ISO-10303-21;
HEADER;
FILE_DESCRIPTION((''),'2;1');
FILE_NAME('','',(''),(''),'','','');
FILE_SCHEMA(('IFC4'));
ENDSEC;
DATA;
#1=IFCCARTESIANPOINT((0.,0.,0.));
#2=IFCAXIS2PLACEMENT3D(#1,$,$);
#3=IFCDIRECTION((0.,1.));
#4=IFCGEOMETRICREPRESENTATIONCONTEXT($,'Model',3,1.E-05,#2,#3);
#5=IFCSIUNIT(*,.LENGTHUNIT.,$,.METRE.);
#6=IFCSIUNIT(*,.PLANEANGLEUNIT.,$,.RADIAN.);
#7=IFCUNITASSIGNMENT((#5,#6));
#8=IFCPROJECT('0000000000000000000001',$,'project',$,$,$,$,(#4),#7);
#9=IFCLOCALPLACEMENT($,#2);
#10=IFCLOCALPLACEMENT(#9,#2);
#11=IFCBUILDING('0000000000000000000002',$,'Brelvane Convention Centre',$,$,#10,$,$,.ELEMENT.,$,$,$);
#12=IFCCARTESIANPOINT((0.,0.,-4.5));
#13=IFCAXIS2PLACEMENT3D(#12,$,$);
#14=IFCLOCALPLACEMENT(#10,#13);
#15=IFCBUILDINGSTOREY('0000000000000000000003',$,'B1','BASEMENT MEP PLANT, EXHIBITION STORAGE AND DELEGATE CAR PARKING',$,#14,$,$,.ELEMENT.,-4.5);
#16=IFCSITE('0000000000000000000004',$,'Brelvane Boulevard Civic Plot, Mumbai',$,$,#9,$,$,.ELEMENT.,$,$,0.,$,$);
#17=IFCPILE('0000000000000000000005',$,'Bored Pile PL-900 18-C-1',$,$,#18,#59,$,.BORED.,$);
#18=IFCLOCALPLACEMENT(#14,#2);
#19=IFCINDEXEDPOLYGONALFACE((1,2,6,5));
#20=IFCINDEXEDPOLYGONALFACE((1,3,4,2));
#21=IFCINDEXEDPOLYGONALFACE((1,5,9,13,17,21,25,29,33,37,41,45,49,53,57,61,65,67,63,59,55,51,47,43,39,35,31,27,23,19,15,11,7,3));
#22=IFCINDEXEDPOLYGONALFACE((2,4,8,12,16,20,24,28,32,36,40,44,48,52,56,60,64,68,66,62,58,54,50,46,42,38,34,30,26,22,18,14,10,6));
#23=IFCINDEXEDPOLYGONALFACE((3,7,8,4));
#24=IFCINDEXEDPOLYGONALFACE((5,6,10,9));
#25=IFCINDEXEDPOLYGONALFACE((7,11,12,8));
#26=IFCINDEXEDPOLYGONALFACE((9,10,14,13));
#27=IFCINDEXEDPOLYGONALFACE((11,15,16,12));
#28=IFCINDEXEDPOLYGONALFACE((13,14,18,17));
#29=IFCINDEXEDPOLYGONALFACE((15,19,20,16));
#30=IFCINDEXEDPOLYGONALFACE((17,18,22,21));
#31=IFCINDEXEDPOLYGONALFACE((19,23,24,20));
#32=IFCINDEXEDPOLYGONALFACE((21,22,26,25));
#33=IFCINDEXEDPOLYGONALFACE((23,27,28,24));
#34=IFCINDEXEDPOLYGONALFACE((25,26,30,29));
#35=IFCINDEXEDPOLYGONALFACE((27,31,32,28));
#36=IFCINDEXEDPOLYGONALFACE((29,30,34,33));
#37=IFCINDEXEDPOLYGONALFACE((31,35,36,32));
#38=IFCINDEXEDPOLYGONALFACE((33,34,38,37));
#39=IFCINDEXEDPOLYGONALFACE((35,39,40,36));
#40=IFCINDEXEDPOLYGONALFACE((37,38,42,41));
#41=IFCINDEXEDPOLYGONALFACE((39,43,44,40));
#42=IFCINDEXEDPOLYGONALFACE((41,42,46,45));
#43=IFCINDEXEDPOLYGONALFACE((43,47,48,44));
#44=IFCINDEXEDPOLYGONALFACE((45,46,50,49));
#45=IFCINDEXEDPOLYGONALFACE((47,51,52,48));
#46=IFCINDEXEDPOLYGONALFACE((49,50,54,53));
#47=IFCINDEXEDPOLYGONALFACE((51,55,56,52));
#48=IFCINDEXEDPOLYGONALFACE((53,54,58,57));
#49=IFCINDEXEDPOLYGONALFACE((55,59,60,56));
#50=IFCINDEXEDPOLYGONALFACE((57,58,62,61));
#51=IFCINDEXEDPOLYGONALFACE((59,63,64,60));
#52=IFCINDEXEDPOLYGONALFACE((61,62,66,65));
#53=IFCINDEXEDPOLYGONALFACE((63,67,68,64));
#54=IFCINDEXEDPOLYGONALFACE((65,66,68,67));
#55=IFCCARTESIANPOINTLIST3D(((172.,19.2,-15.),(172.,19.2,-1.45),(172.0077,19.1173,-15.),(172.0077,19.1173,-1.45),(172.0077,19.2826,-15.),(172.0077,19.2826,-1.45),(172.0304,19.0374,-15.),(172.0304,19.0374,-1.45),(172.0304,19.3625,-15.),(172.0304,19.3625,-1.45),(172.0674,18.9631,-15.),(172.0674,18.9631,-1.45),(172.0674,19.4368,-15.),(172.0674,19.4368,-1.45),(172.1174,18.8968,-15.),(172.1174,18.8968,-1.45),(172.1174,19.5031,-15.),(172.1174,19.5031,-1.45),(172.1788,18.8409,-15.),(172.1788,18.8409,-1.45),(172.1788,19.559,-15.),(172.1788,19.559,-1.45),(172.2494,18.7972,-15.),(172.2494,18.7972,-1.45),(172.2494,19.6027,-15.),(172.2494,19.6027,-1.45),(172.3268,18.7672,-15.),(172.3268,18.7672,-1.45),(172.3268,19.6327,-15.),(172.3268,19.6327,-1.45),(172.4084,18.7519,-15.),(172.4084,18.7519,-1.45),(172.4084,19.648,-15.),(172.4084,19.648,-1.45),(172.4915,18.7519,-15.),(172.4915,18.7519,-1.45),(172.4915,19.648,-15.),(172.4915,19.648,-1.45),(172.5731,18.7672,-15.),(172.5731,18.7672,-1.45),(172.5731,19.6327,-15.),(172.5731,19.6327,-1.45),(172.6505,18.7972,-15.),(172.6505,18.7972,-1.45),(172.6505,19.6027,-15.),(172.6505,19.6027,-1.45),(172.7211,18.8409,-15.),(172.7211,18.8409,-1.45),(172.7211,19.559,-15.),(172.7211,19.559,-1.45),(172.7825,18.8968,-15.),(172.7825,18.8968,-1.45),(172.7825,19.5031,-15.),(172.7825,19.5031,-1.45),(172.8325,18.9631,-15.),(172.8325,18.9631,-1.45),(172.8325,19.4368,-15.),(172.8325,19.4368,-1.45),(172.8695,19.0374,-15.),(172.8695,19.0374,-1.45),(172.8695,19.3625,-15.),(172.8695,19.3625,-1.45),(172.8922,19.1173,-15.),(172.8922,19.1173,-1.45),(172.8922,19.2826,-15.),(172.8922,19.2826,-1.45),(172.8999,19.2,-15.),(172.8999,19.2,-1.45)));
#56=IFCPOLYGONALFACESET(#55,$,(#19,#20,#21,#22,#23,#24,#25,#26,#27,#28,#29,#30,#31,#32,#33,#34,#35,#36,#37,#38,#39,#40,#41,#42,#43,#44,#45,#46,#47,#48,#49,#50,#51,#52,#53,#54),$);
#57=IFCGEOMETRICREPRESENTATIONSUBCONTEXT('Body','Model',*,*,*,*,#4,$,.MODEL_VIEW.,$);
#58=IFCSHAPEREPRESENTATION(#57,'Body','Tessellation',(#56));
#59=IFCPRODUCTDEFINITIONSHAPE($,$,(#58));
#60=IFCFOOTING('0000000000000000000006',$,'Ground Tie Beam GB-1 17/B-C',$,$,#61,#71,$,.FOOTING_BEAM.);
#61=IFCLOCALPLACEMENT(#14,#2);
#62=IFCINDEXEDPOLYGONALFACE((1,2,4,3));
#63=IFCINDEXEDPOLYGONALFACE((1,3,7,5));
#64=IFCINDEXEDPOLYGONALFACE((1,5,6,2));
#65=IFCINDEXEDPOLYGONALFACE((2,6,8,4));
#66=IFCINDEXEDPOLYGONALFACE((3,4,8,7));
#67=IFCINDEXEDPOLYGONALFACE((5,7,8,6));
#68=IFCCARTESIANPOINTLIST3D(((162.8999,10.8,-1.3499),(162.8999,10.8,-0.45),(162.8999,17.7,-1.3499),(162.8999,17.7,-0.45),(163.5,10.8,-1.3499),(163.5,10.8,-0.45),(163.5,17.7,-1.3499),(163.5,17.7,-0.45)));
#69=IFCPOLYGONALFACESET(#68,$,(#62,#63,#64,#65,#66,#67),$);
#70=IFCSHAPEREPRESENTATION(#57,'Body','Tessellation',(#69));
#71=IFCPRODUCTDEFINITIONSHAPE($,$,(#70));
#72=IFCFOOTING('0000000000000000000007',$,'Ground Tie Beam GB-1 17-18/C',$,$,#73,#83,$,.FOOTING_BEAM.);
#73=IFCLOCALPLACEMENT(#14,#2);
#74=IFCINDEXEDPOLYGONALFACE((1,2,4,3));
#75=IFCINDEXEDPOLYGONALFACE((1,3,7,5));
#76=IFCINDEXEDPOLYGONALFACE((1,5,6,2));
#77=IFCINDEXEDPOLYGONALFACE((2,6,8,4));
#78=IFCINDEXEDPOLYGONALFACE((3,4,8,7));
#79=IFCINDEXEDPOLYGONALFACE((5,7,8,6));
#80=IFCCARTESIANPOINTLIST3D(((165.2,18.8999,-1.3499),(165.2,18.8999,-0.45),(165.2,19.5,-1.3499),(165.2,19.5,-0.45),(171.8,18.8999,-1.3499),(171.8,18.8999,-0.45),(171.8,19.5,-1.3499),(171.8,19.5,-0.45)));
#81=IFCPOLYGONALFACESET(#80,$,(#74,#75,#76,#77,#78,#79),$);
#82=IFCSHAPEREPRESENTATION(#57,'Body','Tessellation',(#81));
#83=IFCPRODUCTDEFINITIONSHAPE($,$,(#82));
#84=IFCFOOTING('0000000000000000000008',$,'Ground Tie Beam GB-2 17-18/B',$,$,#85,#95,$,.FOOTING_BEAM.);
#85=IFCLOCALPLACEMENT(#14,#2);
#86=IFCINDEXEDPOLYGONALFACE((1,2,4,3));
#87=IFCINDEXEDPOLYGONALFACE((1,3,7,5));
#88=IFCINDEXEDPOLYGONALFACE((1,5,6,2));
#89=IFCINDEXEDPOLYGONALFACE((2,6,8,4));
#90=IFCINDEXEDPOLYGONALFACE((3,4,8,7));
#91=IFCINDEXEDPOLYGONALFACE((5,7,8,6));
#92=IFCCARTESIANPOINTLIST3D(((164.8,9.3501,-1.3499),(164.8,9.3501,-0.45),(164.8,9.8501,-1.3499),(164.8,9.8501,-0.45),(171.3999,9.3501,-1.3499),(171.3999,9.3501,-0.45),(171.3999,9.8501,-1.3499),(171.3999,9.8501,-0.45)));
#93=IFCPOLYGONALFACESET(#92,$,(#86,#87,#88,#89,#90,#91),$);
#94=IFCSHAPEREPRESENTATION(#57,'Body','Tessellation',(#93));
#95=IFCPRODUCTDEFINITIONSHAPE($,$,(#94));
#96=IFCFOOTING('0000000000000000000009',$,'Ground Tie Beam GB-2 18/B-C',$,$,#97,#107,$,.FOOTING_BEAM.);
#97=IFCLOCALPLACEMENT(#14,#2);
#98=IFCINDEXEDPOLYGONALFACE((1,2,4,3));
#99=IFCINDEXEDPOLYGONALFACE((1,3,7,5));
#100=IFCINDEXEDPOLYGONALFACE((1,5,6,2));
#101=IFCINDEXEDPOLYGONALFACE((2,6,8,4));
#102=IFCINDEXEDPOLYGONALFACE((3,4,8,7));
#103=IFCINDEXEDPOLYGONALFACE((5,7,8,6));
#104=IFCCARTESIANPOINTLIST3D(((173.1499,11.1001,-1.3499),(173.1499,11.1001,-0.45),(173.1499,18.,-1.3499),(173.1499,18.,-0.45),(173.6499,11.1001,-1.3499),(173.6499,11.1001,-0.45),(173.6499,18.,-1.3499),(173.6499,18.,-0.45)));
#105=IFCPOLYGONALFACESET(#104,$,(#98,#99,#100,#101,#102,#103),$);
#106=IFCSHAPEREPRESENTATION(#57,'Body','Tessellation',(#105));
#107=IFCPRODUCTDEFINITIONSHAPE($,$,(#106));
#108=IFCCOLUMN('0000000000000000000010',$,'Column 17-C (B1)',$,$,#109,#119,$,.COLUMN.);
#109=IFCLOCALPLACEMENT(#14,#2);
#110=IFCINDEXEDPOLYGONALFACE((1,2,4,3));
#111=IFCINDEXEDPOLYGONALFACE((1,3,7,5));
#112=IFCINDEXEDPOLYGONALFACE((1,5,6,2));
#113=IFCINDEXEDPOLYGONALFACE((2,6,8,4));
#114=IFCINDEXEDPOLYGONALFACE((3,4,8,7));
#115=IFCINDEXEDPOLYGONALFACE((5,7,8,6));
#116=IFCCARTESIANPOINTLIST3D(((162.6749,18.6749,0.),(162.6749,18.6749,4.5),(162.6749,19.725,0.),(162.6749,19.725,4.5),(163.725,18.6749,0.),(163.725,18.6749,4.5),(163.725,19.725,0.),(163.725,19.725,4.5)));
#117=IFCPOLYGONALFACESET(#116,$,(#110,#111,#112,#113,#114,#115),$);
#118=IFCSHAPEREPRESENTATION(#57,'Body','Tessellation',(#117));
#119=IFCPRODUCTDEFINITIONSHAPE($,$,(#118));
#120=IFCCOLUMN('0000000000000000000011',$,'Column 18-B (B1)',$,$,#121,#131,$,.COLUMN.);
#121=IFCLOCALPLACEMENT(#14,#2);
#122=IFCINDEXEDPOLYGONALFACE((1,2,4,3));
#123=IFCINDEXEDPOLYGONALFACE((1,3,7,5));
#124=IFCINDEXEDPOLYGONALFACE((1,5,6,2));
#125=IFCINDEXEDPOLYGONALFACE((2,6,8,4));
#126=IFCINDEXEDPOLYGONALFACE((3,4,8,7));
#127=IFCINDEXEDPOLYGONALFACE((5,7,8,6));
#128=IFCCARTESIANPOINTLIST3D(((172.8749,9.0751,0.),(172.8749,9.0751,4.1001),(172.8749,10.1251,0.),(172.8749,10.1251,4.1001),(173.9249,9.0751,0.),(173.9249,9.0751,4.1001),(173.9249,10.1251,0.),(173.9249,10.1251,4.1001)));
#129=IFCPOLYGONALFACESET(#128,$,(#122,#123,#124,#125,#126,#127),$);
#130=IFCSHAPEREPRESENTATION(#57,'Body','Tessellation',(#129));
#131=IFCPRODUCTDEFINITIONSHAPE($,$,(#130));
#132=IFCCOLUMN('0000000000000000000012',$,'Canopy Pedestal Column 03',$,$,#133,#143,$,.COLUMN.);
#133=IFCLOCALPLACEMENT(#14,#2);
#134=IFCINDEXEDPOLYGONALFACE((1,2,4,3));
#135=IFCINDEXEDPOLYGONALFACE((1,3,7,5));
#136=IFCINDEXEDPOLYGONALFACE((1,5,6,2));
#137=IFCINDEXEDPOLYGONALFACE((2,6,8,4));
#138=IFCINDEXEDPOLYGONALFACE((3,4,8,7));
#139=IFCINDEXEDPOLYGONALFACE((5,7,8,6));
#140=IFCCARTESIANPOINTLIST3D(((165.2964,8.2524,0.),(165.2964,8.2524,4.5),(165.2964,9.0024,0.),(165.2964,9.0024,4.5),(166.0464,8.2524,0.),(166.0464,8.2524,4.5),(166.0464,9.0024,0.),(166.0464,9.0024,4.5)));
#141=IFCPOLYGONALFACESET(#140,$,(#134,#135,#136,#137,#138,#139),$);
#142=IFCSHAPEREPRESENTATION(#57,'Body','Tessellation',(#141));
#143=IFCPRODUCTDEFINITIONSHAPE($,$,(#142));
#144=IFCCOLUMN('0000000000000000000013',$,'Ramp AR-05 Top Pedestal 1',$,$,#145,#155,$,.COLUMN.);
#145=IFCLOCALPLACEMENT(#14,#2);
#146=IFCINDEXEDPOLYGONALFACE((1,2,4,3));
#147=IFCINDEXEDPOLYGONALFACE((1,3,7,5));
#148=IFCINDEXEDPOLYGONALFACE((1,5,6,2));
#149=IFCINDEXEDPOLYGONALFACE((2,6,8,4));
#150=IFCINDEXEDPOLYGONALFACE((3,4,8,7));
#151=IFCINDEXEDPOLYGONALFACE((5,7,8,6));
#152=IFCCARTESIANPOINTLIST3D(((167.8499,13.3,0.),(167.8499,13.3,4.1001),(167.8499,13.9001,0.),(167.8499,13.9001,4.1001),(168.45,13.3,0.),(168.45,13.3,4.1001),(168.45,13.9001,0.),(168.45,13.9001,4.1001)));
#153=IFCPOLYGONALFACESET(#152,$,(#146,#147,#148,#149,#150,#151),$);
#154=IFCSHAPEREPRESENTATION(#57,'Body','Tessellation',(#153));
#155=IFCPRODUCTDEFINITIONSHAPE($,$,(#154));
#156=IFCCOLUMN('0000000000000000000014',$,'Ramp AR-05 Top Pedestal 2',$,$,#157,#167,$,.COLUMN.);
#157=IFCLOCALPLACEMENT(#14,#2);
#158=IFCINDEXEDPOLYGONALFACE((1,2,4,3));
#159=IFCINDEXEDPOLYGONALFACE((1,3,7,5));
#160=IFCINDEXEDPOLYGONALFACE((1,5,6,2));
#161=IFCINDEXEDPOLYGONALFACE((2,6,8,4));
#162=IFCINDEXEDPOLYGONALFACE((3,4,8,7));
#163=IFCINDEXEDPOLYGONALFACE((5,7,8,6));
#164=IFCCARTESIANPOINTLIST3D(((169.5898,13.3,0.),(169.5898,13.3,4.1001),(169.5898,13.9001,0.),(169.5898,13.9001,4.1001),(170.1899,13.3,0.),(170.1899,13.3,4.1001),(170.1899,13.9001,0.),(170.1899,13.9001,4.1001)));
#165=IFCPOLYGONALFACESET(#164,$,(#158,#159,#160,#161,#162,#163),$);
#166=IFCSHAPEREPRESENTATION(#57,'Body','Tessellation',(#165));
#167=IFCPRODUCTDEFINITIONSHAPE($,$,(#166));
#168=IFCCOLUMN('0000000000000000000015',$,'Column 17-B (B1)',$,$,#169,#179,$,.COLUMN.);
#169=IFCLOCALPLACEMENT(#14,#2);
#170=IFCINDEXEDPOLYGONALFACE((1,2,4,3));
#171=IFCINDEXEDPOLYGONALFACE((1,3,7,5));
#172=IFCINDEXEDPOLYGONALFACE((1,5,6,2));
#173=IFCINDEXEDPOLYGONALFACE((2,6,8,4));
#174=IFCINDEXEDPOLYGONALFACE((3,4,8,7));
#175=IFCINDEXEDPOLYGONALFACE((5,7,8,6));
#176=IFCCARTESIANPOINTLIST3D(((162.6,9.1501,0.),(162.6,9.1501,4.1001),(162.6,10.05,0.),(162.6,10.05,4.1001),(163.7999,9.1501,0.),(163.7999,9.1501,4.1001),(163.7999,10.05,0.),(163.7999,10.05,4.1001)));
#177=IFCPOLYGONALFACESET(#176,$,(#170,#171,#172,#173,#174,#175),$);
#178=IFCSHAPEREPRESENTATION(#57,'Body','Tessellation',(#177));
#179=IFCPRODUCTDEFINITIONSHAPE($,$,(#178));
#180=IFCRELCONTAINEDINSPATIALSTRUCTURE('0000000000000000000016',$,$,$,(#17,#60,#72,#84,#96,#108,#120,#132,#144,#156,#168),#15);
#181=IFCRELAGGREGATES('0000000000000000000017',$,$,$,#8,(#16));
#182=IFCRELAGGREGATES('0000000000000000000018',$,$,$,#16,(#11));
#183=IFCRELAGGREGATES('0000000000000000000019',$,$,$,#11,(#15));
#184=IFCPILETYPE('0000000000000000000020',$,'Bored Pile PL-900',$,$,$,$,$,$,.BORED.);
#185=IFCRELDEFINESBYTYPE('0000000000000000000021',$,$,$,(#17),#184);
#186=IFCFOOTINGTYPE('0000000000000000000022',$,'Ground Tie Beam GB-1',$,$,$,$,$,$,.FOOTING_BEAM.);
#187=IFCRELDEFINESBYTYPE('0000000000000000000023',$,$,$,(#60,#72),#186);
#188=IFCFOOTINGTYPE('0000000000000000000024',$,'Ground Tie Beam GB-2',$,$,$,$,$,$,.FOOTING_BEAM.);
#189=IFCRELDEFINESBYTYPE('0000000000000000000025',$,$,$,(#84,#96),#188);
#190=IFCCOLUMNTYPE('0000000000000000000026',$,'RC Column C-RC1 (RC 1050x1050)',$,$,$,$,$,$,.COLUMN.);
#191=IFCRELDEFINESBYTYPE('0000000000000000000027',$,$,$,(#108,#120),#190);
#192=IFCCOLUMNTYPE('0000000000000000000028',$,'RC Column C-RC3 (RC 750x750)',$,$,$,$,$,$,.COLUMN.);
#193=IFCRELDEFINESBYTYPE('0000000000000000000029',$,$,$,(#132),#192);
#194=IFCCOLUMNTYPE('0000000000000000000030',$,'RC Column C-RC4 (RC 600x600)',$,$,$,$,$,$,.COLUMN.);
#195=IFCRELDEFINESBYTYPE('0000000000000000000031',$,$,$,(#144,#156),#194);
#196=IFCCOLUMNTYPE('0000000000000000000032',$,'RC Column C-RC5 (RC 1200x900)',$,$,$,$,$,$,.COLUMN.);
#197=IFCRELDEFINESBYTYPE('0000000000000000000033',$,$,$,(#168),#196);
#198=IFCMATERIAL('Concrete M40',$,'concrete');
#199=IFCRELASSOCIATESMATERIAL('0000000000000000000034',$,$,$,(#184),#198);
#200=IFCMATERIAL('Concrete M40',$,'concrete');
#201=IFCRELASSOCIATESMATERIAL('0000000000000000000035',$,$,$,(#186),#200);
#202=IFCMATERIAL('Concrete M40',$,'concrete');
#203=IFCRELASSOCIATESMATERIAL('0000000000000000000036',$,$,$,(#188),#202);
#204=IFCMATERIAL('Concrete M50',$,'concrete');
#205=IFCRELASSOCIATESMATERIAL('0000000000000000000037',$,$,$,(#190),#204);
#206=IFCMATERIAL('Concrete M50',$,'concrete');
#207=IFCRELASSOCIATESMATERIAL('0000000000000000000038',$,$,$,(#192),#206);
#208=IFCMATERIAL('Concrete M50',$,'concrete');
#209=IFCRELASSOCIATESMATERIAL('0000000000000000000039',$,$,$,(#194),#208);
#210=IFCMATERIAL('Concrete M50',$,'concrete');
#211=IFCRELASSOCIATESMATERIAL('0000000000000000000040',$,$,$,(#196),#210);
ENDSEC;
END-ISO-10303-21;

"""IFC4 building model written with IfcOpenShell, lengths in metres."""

from ifc_helpers import new_model, si_unit, direction, frame, origin, origin_2d, place, context, subcontext, project, spatial, rectangle, circle, extrude, material, material_profile, profile_set, type_object, element, save


model = new_model("IFC4")

# Units and contexts
model_context = context("Model", 3, precision=1e-05, world=origin(), true_north=direction((0.0, 1.0)))
body_context = subcontext(model_context, "Body", "Model", "MODEL_VIEW")
ifc_project = project(units=[si_unit("LENGTHUNIT", "METRE"), si_unit("PLANEANGLEUNIT", "RADIAN")], contexts=[model_context])

# Site, building, storey
site_placement = place(None, origin())
site = spatial("IfcSite", under=ifc_project, at=site_placement, Name="Brelvane Boulevard Civic Plot, Mumbai", CompositionType="ELEMENT", RefElevation=0.0)
building_placement = place(site_placement, origin())
building = spatial("IfcBuilding", under=site, at=building_placement, Name="Brelvane Convention Centre", CompositionType="ELEMENT")
storey_placement = place(building_placement, frame((0.0, 0.0, -4.5)))
storey = spatial("IfcBuildingStorey", under=building, at=storey_placement, Name="B1", Description="BASEMENT MEP PLANT, EXHIBITION STORAGE AND DELEGATE CAR PARKING", CompositionType="ELEMENT", Elevation=-4.5)

# Pile
ifc_material_1 = material(Name="Concrete M40", Category="concrete")
ifc_material_profile_1 = material_profile(ifc_material_1, circle(Radius=0.45, at=origin_2d()), Name="PILE D900")
ifc_profile_set_1 = profile_set([ifc_material_profile_1], Name="Concrete M40")
pile_type = type_object("IfcPileType", Name="Bored Pile PL-900", PredefinedType="BORED", material=ifc_profile_set_1)
pile_placement = place(storey_placement, frame((172.45, 19.2, -1.45), z_axis=(0.0, 0.0, -1.0), x_axis=(1.0, 0.0, 0.0)))
element("IfcPile", 1, at=pile_placement, inside=storey, type_object=pile_type, Name="Bored Pile PL-900 18-C-1", PredefinedType="BORED", context=body_context, shape_type="SweptSolid", body=[
    extrude(circle(Radius=0.45, at=origin_2d()), origin(), (0.0, 0.0, 1.0), 13.55),
])

# Footings
ifc_material_2 = material(Name="Concrete M40", Category="concrete")
ifc_material_profile_2 = material_profile(ifc_material_2, rectangle(XDim=0.6001, YDim=0.8999, at=origin_2d()), Name="RC 600x900")
ifc_profile_set_2 = profile_set([ifc_material_profile_2], Name="Concrete M40")
footing_type_1 = type_object("IfcFootingType", Name="Ground Tie Beam GB-1", PredefinedType="FOOTING_BEAM", material=ifc_profile_set_2)
footing_1_placement = place(storey_placement, frame((163.2, 10.8, -0.8999), z_axis=(0.0, 1.0, 0.0), x_axis=(-1.0, 0.0, 0.0)))
element("IfcFooting", 2, at=footing_1_placement, inside=storey, type_object=footing_type_1, Name="Ground Tie Beam GB-1 17/B-C", PredefinedType="FOOTING_BEAM", context=body_context, shape_type="SweptSolid", body=[
    extrude(rectangle(XDim=0.6001, YDim=0.8999, at=origin_2d()), origin(), (0.0, 0.0, 1.0), 6.8999),
])
footing_2_placement = place(storey_placement, frame((165.2, 19.2, -0.8999), z_axis=(1.0, 0.0, 0.0), x_axis=(0.0, 1.0, 0.0)))
element("IfcFooting", 3, at=footing_2_placement, inside=storey, type_object=footing_type_1, Name="Ground Tie Beam GB-1 17-18/C", PredefinedType="FOOTING_BEAM", context=body_context, shape_type="SweptSolid", body=[
    extrude(rectangle(XDim=0.6001, YDim=0.8999, at=origin_2d()), origin(), (0.0, 0.0, 1.0), 6.6001),
])
ifc_material_3 = material(Name="Concrete M40", Category="concrete")
ifc_material_profile_3 = material_profile(ifc_material_3, rectangle(XDim=0.5, YDim=0.8999, at=origin_2d()), Name="RC 500x900")
ifc_profile_set_3 = profile_set([ifc_material_profile_3], Name="Concrete M40")
footing_type_2 = type_object("IfcFootingType", Name="Ground Tie Beam GB-2", PredefinedType="FOOTING_BEAM", material=ifc_profile_set_3)
footing_3_placement = place(storey_placement, frame((164.8, 9.6001, -0.8999), z_axis=(1.0, 0.0, 0.0), x_axis=(0.0, 1.0, 0.0)))
element("IfcFooting", 4, at=footing_3_placement, inside=storey, type_object=footing_type_2, Name="Ground Tie Beam GB-2 17-18/B", PredefinedType="FOOTING_BEAM", context=body_context, shape_type="SweptSolid", body=[
    extrude(rectangle(XDim=0.5, YDim=0.8999, at=origin_2d()), origin(), (0.0, 0.0, 1.0), 6.5999),
])
footing_4_placement = place(storey_placement, frame((173.3999, 11.1001, -0.8999), z_axis=(0.0, 1.0, 0.0), x_axis=(-1.0, 0.0, 0.0)))
element("IfcFooting", 5, at=footing_4_placement, inside=storey, type_object=footing_type_2, Name="Ground Tie Beam GB-2 18/B-C", PredefinedType="FOOTING_BEAM", context=body_context, shape_type="SweptSolid", body=[
    extrude(rectangle(XDim=0.5, YDim=0.8999, at=origin_2d()), origin(), (0.0, 0.0, 1.0), 6.8999),
])

# Columns
ifc_material_4 = material(Name="Concrete M50", Category="concrete")
ifc_material_profile_4 = material_profile(ifc_material_4, rectangle(XDim=1.05, YDim=1.05, at=origin_2d()), Name="RC 1050x1050")
ifc_profile_set_4 = profile_set([ifc_material_profile_4], Name="Concrete M50")
column_type_1 = type_object("IfcColumnType", Name="RC Column C-RC1 (RC 1050x1050)", PredefinedType="COLUMN", material=ifc_profile_set_4)
column_1_placement = place(storey_placement, frame((163.2, 19.2, 0.0), z_axis=(0.0, 0.0, 1.0), x_axis=(1.0, 0.0, 0.0)))
element("IfcColumn", 6, at=column_1_placement, inside=storey, type_object=column_type_1, Name="Column 17-C (B1)", PredefinedType="COLUMN", context=body_context, shape_type="SweptSolid", body=[
    extrude(rectangle(XDim=1.05, YDim=1.05, at=origin_2d()), origin(), (0.0, 0.0, 1.0), 4.5),
])
column_2_placement = place(storey_placement, frame((173.3999, 9.6001, 0.0), z_axis=(0.0, 0.0, 1.0), x_axis=(1.0, 0.0, 0.0)))
element("IfcColumn", 7, at=column_2_placement, inside=storey, type_object=column_type_1, Name="Column 18-B (B1)", PredefinedType="COLUMN", context=body_context, shape_type="SweptSolid", body=[
    extrude(rectangle(XDim=1.05, YDim=1.05, at=origin_2d()), origin(), (0.0, 0.0, 1.0), 4.1001),
])
ifc_material_5 = material(Name="Concrete M50", Category="concrete")
ifc_material_profile_5 = material_profile(ifc_material_5, rectangle(XDim=0.75, YDim=0.75, at=origin_2d()), Name="RC 750x750")
ifc_profile_set_5 = profile_set([ifc_material_profile_5], Name="Concrete M50")
column_type_2 = type_object("IfcColumnType", Name="RC Column C-RC3 (RC 750x750)", PredefinedType="COLUMN", material=ifc_profile_set_5)
column_3_placement = place(storey_placement, frame((165.6714, 8.6274, 0.0), z_axis=(0.0, 0.0, 1.0), x_axis=(1.0, 0.0, 0.0)))
element("IfcColumn", 8, at=column_3_placement, inside=storey, type_object=column_type_2, Name="Canopy Pedestal Column 03", PredefinedType="COLUMN", context=body_context, shape_type="SweptSolid", body=[
    extrude(rectangle(XDim=0.75, YDim=0.75, at=origin_2d()), origin(), (0.0, 0.0, 1.0), 4.5),
])
ifc_material_6 = material(Name="Concrete M50", Category="concrete")
ifc_material_profile_6 = material_profile(ifc_material_6, rectangle(XDim=0.6001, YDim=0.6001, at=origin_2d()), Name="RC 600x600")
ifc_profile_set_6 = profile_set([ifc_material_profile_6], Name="Concrete M50")
column_type_3 = type_object("IfcColumnType", Name="RC Column C-RC4 (RC 600x600)", PredefinedType="COLUMN", material=ifc_profile_set_6)
for number, where, z_axis, x_axis, name in (
    (9, (168.1499, 13.6001, 0.0), (0.0, 0.0, 1.0), (1.0, 0.0, 0.0), "Ramp AR-05 Top Pedestal 1"),
    (10, (169.8899, 13.6001, 0.0), (0.0, 0.0, 1.0), (1.0, 0.0, 0.0), "Ramp AR-05 Top Pedestal 2"),
):
    element("IfcColumn", number, at=place(storey_placement, frame(where, z_axis=z_axis, x_axis=x_axis)), inside=storey, type_object=column_type_3, Name=name, PredefinedType="COLUMN", context=body_context, shape_type="SweptSolid", body=[
        extrude(rectangle(XDim=0.6001, YDim=0.6001, at=origin_2d()), origin(), (0.0, 0.0, 1.0), 4.1001),
    ])
ifc_material_7 = material(Name="Concrete M50", Category="concrete")
ifc_material_profile_7 = material_profile(ifc_material_7, rectangle(XDim=1.2, YDim=0.8999, at=origin_2d()), Name="RC 1200x900")
ifc_profile_set_7 = profile_set([ifc_material_profile_7], Name="Concrete M50")
column_type_4 = type_object("IfcColumnType", Name="RC Column C-RC5 (RC 1200x900)", PredefinedType="COLUMN", material=ifc_profile_set_7)
column_4_placement = place(storey_placement, frame((163.2, 9.6001, 0.0), z_axis=(0.0, 0.0, 1.0), x_axis=(1.0, 0.0, 0.0)))
element("IfcColumn", 11, at=column_4_placement, inside=storey, type_object=column_type_4, Name="Column 17-B (B1)", PredefinedType="COLUMN", context=body_context, shape_type="SweptSolid", body=[
    extrude(rectangle(XDim=1.2, YDim=0.8999, at=origin_2d()), origin(), (0.0, 0.0, 1.0), 4.1001),
])

save(model, "model.ifc")
